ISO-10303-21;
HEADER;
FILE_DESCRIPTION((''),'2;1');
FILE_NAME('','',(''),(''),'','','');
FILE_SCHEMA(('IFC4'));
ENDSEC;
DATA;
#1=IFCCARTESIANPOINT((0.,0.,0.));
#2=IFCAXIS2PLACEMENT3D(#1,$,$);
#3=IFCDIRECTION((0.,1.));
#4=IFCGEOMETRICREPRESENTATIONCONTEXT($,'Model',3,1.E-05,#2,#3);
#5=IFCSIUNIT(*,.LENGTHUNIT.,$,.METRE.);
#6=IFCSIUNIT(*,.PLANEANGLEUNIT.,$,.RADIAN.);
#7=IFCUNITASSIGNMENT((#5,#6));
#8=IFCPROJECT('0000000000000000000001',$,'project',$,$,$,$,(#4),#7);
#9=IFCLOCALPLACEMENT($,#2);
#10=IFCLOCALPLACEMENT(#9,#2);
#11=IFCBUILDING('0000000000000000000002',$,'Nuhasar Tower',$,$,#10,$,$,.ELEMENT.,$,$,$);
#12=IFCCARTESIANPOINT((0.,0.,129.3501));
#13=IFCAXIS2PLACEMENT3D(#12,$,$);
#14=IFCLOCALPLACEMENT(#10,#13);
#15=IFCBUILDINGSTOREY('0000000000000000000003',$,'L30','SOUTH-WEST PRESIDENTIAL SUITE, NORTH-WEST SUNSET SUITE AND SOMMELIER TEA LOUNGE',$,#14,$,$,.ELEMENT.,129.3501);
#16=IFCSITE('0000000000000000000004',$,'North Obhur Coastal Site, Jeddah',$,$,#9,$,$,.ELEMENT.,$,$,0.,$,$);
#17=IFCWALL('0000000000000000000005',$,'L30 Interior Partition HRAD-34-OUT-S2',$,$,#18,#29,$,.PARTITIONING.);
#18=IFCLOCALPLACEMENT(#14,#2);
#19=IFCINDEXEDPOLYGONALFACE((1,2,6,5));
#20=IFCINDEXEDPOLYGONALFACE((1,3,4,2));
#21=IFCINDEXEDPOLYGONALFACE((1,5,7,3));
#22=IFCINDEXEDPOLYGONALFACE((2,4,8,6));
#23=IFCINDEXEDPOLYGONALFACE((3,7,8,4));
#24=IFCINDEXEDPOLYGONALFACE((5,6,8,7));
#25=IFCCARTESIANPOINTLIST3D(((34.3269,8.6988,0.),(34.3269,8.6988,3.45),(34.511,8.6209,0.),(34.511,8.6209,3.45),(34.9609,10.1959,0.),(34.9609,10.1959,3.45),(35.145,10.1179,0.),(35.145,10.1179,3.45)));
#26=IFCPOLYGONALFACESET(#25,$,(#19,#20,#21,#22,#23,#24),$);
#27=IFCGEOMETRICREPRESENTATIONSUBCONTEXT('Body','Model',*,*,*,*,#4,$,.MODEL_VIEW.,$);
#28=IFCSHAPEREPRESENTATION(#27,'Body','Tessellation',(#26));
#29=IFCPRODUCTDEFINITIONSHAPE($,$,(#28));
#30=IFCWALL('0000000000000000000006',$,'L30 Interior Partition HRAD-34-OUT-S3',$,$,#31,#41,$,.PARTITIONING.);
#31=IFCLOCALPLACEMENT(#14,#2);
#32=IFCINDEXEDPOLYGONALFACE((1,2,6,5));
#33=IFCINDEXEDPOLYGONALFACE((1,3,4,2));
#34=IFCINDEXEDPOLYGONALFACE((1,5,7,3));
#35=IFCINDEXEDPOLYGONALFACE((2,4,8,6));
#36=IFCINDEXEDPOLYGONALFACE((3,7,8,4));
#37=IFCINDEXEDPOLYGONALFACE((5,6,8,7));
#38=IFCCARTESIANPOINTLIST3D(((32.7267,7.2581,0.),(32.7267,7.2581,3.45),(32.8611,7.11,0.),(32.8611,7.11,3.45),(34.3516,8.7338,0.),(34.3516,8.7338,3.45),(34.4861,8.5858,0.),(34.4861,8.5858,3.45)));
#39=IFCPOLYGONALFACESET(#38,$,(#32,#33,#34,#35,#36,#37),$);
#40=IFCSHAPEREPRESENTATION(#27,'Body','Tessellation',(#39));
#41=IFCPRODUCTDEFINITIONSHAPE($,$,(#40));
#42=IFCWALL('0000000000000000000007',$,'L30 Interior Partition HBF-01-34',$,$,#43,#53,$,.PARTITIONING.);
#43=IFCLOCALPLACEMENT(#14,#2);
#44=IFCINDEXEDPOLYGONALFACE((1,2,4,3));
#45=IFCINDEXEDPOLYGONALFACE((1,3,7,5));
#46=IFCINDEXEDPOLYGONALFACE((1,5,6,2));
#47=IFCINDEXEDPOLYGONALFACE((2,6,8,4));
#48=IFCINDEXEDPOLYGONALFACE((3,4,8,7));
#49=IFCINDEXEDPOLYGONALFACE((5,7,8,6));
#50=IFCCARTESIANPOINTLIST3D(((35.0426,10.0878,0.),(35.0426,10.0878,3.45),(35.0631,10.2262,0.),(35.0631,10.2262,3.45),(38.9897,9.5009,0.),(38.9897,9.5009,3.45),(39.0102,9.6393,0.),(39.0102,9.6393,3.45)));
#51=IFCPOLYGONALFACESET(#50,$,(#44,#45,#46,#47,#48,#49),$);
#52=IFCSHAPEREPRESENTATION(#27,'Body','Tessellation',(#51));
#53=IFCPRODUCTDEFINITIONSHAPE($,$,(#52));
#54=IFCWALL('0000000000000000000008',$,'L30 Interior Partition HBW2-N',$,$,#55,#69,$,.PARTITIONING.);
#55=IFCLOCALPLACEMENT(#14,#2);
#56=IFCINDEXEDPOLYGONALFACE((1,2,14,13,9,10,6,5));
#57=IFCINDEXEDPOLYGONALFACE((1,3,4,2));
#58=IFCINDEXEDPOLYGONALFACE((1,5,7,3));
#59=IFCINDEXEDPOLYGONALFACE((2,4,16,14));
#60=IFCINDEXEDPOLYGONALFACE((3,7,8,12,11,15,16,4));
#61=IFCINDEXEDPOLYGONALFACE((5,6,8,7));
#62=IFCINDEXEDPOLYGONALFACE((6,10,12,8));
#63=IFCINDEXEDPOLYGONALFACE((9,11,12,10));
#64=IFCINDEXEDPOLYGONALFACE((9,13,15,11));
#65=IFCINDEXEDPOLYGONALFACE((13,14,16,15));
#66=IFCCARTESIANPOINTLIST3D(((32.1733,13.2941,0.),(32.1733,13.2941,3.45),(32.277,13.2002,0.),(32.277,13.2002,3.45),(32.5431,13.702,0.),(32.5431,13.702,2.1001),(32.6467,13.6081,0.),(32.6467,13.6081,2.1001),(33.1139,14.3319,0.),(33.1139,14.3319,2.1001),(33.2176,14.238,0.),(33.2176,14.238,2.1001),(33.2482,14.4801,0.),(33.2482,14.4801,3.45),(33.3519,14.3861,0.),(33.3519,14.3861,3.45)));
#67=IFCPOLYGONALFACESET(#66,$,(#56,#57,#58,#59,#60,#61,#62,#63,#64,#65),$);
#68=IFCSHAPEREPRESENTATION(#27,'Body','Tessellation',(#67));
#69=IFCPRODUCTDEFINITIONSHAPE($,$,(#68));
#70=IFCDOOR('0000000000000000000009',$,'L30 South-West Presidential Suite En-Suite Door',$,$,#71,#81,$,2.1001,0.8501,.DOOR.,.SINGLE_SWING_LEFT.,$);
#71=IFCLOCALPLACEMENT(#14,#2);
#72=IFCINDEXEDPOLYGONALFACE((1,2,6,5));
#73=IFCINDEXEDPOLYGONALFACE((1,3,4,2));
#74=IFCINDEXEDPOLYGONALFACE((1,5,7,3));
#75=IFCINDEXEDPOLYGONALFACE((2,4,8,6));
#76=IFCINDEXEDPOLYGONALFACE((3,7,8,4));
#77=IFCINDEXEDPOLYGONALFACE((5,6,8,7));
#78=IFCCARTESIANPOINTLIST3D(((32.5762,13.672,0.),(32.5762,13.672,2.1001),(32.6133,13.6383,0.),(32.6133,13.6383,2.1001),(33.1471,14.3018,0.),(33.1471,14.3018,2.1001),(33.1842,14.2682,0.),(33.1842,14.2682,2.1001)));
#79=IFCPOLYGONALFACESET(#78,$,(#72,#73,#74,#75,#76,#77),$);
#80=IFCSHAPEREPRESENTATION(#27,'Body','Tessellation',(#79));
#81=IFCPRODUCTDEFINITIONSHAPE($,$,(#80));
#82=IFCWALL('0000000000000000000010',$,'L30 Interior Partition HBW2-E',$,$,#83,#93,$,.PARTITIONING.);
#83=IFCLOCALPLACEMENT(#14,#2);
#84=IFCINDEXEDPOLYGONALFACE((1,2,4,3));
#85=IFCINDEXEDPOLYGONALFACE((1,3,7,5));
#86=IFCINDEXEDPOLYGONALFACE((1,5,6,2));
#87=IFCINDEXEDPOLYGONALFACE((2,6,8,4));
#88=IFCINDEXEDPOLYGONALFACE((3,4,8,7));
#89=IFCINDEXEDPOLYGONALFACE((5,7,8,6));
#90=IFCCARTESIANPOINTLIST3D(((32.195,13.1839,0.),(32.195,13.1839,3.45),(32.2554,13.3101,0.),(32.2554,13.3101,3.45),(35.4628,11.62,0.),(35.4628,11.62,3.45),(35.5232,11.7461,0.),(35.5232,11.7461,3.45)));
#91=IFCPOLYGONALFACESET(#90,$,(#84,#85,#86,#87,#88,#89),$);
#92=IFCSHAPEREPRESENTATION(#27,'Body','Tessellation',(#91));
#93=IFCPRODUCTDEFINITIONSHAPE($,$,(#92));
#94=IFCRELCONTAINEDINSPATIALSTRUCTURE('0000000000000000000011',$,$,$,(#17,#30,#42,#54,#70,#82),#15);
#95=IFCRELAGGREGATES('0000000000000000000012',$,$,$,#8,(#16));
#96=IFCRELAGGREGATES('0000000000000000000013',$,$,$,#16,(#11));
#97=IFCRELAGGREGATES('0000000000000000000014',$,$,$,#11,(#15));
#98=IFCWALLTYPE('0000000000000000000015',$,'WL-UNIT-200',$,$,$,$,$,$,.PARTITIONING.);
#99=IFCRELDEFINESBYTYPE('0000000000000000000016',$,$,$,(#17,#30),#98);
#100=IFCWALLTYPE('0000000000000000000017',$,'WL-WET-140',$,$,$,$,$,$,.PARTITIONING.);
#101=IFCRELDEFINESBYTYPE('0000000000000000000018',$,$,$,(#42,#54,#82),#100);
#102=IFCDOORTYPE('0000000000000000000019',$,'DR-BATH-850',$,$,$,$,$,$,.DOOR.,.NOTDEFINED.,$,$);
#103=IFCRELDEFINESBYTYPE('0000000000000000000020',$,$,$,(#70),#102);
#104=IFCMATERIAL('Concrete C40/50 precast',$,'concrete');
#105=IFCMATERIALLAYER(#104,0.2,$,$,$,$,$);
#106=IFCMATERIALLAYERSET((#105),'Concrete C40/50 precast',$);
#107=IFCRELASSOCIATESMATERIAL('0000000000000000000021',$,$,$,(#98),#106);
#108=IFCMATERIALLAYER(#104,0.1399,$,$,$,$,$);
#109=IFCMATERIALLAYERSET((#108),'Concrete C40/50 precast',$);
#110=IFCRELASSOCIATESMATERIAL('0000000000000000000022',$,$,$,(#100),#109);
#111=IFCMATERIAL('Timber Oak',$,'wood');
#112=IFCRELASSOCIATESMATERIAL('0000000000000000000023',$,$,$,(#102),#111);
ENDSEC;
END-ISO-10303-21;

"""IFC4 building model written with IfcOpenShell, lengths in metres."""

from ifc_helpers import new_model, si_unit, direction, frame, frame_2d, origin, place, context, subcontext, project, spatial, rectangle, extrude, material, layer, layer_set, type_object, element, fill, save


model = new_model("IFC4")

# Units and contexts
model_context = context("Model", 3, precision=1e-05, world=origin(), true_north=direction((0.0, 1.0)))
body_context = subcontext(model_context, "Body", "Model", "MODEL_VIEW")
ifc_project = project(units=[si_unit("LENGTHUNIT", "METRE"), si_unit("PLANEANGLEUNIT", "RADIAN")], contexts=[model_context])

# Site, building, storey
site_placement = place(None, origin())
site = spatial("IfcSite", under=ifc_project, at=site_placement, Name="North Obhur Coastal Site, Jeddah", CompositionType="ELEMENT", RefElevation=0.0)
building_placement = place(site_placement, origin())
building = spatial("IfcBuilding", under=site, at=building_placement, Name="Nuhasar Tower", CompositionType="ELEMENT")
storey_placement = place(building_placement, frame((0.0, 0.0, 129.3501)))
storey = spatial("IfcBuildingStorey", under=building, at=storey_placement, Name="L30", Description="SOUTH-WEST PRESIDENTIAL SUITE, NORTH-WEST SUNSET SUITE AND SOMMELIER TEA LOUNGE", CompositionType="ELEMENT", Elevation=129.3501)

# Walls
ifc_material_1 = material(Name="Concrete C40/50 precast", Category="concrete")
ifc_layer_1 = layer(ifc_material_1, 0.2)
ifc_layer_set_1 = layer_set([ifc_layer_1], Name="Concrete C40/50 precast")
wall_type_1 = type_object("IfcWallType", Name="WL-UNIT-200", PredefinedType="PARTITIONING", material=ifc_layer_set_1)
wall_1_placement = place(storey_placement, frame((35.053, 10.157, 0.0), z_axis=(0.0, 0.0, 1.0), x_axis=(-0.389983, -0.920822, 0.0)))
element("IfcWall", 1, at=wall_1_placement, inside=storey, type_object=wall_type_1, Name="L30 Interior Partition HRAD-34-OUT-S2", PredefinedType="PARTITIONING", context=body_context, shape_type="SweptSolid", body=[
    extrude(rectangle(XDim=1.6257, YDim=0.2, at=frame_2d((0.813, 0.0))), origin(), (0.0, 0.0, 1.0), 3.45),
])
wall_2_placement = place(storey_placement, frame((34.4189, 8.6599, 0.0), z_axis=(0.0, 0.0, 1.0), x_axis=(-0.740267, -0.672313, 0.0)))
element("IfcWall", 2, at=wall_2_placement, inside=storey, type_object=wall_type_1, Name="L30 Interior Partition HRAD-34-OUT-S3", PredefinedType="PARTITIONING", context=body_context, shape_type="SweptSolid", body=[
    extrude(rectangle(XDim=2.1951, YDim=0.2, at=frame_2d((1.0977, 0.0))), origin(), (0.0, 0.0, 1.0), 3.45),
])
ifc_layer_2 = layer(ifc_material_1, 0.1399)
ifc_layer_set_2 = layer_set([ifc_layer_2], Name="Concrete C40/50 precast")
wall_type_2 = type_object("IfcWallType", Name="WL-WET-140", PredefinedType="PARTITIONING", material=ifc_layer_set_2)
wall_3_placement = place(storey_placement, frame((35.053, 10.157, 0.0), z_axis=(0.0, 0.0, 1.0), x_axis=(0.989124, -0.147081, 0.0)))
element("IfcWall", 3, at=wall_3_placement, inside=storey, type_object=wall_type_2, Name="L30 Interior Partition HBF-01-34", PredefinedType="PARTITIONING", context=body_context, shape_type="SweptSolid", body=[
    extrude(rectangle(XDim=3.9905, YDim=0.1399, at=frame_2d((1.9951, 0.0))), origin(), (0.0, 0.0, 1.0), 3.45),
])

# Wall, opening, door
wall_4_placement = place(storey_placement, frame((33.3, 14.4331, 0.0), z_axis=(0.0, 0.0, 1.0), x_axis=(-0.671556, -0.740954, 0.0)))
wall_4 = element("IfcWall", 4, at=wall_4_placement, inside=storey, type_object=wall_type_2, Name="L30 Interior Partition HBW2-N", PredefinedType="PARTITIONING", context=body_context, shape_type="SweptSolid", body=[
    extrude(rectangle(XDim=1.6006, YDim=0.1399, at=frame_2d((0.8003, 0.0))), origin(), (0.0, 0.0, 1.0), 3.45),
])
opening_placement = place(wall_4_placement, frame((0.2, 0.0, 0.0)))
opening = element("IfcOpeningElement", 5, at=opening_placement, cuts=wall_4, PredefinedType="OPENING", context=body_context, shape_type="SweptSolid", body=[
    extrude(rectangle(XDim=0.8501, YDim=2.1001, at=frame_2d((0.425, 1.05))), frame((0.0, 0.0801, 0.0), z_axis=(0.0, -1.0, 0.0), x_axis=(1.0, 0.0, 0.0)), (0.0, 0.0, 1.0), 0.1599),
])
ifc_material_2 = material(Name="Timber Oak", Category="wood")
door_type = type_object("IfcDoorType", Name="DR-BATH-850", OperationType="NOTDEFINED", PredefinedType="DOOR", material=ifc_material_2)
door_placement = place(opening_placement, origin())
door = element("IfcDoor", 6, at=door_placement, inside=storey, type_object=door_type, Name="L30 South-West Presidential Suite En-Suite Door", OperationType="SINGLE_SWING_LEFT", OverallHeight=2.1001, OverallWidth=0.8501, PredefinedType="DOOR", context=body_context, shape_type="SweptSolid", body=[
    extrude(rectangle(XDim=0.8501, YDim=2.1001, at=frame_2d((0.425, 1.05))), frame((0.0, 0.0249, 0.0), z_axis=(0.0, -1.0, 0.0), x_axis=(1.0, 0.0, 0.0)), (0.0, 0.0, 1.0), 0.05),
])
fill(opening, door)

# Wall
wall_5_placement = place(storey_placement, frame((32.2251, 13.2471, 0.0), z_axis=(0.0, 0.0, 1.0), x_axis=(0.902017, -0.431701, 0.0)))
element("IfcWall", 7, at=wall_5_placement, inside=storey, type_object=wall_type_2, Name="L30 Interior Partition HBW2-E", PredefinedType="PARTITIONING", context=body_context, shape_type="SweptSolid", body=[
    extrude(rectangle(XDim=3.6228, YDim=0.1399, at=frame_2d((1.8115, 0.0))), origin(), (0.0, 0.0, 1.0), 3.45),
])

save(model, "model.ifc")
